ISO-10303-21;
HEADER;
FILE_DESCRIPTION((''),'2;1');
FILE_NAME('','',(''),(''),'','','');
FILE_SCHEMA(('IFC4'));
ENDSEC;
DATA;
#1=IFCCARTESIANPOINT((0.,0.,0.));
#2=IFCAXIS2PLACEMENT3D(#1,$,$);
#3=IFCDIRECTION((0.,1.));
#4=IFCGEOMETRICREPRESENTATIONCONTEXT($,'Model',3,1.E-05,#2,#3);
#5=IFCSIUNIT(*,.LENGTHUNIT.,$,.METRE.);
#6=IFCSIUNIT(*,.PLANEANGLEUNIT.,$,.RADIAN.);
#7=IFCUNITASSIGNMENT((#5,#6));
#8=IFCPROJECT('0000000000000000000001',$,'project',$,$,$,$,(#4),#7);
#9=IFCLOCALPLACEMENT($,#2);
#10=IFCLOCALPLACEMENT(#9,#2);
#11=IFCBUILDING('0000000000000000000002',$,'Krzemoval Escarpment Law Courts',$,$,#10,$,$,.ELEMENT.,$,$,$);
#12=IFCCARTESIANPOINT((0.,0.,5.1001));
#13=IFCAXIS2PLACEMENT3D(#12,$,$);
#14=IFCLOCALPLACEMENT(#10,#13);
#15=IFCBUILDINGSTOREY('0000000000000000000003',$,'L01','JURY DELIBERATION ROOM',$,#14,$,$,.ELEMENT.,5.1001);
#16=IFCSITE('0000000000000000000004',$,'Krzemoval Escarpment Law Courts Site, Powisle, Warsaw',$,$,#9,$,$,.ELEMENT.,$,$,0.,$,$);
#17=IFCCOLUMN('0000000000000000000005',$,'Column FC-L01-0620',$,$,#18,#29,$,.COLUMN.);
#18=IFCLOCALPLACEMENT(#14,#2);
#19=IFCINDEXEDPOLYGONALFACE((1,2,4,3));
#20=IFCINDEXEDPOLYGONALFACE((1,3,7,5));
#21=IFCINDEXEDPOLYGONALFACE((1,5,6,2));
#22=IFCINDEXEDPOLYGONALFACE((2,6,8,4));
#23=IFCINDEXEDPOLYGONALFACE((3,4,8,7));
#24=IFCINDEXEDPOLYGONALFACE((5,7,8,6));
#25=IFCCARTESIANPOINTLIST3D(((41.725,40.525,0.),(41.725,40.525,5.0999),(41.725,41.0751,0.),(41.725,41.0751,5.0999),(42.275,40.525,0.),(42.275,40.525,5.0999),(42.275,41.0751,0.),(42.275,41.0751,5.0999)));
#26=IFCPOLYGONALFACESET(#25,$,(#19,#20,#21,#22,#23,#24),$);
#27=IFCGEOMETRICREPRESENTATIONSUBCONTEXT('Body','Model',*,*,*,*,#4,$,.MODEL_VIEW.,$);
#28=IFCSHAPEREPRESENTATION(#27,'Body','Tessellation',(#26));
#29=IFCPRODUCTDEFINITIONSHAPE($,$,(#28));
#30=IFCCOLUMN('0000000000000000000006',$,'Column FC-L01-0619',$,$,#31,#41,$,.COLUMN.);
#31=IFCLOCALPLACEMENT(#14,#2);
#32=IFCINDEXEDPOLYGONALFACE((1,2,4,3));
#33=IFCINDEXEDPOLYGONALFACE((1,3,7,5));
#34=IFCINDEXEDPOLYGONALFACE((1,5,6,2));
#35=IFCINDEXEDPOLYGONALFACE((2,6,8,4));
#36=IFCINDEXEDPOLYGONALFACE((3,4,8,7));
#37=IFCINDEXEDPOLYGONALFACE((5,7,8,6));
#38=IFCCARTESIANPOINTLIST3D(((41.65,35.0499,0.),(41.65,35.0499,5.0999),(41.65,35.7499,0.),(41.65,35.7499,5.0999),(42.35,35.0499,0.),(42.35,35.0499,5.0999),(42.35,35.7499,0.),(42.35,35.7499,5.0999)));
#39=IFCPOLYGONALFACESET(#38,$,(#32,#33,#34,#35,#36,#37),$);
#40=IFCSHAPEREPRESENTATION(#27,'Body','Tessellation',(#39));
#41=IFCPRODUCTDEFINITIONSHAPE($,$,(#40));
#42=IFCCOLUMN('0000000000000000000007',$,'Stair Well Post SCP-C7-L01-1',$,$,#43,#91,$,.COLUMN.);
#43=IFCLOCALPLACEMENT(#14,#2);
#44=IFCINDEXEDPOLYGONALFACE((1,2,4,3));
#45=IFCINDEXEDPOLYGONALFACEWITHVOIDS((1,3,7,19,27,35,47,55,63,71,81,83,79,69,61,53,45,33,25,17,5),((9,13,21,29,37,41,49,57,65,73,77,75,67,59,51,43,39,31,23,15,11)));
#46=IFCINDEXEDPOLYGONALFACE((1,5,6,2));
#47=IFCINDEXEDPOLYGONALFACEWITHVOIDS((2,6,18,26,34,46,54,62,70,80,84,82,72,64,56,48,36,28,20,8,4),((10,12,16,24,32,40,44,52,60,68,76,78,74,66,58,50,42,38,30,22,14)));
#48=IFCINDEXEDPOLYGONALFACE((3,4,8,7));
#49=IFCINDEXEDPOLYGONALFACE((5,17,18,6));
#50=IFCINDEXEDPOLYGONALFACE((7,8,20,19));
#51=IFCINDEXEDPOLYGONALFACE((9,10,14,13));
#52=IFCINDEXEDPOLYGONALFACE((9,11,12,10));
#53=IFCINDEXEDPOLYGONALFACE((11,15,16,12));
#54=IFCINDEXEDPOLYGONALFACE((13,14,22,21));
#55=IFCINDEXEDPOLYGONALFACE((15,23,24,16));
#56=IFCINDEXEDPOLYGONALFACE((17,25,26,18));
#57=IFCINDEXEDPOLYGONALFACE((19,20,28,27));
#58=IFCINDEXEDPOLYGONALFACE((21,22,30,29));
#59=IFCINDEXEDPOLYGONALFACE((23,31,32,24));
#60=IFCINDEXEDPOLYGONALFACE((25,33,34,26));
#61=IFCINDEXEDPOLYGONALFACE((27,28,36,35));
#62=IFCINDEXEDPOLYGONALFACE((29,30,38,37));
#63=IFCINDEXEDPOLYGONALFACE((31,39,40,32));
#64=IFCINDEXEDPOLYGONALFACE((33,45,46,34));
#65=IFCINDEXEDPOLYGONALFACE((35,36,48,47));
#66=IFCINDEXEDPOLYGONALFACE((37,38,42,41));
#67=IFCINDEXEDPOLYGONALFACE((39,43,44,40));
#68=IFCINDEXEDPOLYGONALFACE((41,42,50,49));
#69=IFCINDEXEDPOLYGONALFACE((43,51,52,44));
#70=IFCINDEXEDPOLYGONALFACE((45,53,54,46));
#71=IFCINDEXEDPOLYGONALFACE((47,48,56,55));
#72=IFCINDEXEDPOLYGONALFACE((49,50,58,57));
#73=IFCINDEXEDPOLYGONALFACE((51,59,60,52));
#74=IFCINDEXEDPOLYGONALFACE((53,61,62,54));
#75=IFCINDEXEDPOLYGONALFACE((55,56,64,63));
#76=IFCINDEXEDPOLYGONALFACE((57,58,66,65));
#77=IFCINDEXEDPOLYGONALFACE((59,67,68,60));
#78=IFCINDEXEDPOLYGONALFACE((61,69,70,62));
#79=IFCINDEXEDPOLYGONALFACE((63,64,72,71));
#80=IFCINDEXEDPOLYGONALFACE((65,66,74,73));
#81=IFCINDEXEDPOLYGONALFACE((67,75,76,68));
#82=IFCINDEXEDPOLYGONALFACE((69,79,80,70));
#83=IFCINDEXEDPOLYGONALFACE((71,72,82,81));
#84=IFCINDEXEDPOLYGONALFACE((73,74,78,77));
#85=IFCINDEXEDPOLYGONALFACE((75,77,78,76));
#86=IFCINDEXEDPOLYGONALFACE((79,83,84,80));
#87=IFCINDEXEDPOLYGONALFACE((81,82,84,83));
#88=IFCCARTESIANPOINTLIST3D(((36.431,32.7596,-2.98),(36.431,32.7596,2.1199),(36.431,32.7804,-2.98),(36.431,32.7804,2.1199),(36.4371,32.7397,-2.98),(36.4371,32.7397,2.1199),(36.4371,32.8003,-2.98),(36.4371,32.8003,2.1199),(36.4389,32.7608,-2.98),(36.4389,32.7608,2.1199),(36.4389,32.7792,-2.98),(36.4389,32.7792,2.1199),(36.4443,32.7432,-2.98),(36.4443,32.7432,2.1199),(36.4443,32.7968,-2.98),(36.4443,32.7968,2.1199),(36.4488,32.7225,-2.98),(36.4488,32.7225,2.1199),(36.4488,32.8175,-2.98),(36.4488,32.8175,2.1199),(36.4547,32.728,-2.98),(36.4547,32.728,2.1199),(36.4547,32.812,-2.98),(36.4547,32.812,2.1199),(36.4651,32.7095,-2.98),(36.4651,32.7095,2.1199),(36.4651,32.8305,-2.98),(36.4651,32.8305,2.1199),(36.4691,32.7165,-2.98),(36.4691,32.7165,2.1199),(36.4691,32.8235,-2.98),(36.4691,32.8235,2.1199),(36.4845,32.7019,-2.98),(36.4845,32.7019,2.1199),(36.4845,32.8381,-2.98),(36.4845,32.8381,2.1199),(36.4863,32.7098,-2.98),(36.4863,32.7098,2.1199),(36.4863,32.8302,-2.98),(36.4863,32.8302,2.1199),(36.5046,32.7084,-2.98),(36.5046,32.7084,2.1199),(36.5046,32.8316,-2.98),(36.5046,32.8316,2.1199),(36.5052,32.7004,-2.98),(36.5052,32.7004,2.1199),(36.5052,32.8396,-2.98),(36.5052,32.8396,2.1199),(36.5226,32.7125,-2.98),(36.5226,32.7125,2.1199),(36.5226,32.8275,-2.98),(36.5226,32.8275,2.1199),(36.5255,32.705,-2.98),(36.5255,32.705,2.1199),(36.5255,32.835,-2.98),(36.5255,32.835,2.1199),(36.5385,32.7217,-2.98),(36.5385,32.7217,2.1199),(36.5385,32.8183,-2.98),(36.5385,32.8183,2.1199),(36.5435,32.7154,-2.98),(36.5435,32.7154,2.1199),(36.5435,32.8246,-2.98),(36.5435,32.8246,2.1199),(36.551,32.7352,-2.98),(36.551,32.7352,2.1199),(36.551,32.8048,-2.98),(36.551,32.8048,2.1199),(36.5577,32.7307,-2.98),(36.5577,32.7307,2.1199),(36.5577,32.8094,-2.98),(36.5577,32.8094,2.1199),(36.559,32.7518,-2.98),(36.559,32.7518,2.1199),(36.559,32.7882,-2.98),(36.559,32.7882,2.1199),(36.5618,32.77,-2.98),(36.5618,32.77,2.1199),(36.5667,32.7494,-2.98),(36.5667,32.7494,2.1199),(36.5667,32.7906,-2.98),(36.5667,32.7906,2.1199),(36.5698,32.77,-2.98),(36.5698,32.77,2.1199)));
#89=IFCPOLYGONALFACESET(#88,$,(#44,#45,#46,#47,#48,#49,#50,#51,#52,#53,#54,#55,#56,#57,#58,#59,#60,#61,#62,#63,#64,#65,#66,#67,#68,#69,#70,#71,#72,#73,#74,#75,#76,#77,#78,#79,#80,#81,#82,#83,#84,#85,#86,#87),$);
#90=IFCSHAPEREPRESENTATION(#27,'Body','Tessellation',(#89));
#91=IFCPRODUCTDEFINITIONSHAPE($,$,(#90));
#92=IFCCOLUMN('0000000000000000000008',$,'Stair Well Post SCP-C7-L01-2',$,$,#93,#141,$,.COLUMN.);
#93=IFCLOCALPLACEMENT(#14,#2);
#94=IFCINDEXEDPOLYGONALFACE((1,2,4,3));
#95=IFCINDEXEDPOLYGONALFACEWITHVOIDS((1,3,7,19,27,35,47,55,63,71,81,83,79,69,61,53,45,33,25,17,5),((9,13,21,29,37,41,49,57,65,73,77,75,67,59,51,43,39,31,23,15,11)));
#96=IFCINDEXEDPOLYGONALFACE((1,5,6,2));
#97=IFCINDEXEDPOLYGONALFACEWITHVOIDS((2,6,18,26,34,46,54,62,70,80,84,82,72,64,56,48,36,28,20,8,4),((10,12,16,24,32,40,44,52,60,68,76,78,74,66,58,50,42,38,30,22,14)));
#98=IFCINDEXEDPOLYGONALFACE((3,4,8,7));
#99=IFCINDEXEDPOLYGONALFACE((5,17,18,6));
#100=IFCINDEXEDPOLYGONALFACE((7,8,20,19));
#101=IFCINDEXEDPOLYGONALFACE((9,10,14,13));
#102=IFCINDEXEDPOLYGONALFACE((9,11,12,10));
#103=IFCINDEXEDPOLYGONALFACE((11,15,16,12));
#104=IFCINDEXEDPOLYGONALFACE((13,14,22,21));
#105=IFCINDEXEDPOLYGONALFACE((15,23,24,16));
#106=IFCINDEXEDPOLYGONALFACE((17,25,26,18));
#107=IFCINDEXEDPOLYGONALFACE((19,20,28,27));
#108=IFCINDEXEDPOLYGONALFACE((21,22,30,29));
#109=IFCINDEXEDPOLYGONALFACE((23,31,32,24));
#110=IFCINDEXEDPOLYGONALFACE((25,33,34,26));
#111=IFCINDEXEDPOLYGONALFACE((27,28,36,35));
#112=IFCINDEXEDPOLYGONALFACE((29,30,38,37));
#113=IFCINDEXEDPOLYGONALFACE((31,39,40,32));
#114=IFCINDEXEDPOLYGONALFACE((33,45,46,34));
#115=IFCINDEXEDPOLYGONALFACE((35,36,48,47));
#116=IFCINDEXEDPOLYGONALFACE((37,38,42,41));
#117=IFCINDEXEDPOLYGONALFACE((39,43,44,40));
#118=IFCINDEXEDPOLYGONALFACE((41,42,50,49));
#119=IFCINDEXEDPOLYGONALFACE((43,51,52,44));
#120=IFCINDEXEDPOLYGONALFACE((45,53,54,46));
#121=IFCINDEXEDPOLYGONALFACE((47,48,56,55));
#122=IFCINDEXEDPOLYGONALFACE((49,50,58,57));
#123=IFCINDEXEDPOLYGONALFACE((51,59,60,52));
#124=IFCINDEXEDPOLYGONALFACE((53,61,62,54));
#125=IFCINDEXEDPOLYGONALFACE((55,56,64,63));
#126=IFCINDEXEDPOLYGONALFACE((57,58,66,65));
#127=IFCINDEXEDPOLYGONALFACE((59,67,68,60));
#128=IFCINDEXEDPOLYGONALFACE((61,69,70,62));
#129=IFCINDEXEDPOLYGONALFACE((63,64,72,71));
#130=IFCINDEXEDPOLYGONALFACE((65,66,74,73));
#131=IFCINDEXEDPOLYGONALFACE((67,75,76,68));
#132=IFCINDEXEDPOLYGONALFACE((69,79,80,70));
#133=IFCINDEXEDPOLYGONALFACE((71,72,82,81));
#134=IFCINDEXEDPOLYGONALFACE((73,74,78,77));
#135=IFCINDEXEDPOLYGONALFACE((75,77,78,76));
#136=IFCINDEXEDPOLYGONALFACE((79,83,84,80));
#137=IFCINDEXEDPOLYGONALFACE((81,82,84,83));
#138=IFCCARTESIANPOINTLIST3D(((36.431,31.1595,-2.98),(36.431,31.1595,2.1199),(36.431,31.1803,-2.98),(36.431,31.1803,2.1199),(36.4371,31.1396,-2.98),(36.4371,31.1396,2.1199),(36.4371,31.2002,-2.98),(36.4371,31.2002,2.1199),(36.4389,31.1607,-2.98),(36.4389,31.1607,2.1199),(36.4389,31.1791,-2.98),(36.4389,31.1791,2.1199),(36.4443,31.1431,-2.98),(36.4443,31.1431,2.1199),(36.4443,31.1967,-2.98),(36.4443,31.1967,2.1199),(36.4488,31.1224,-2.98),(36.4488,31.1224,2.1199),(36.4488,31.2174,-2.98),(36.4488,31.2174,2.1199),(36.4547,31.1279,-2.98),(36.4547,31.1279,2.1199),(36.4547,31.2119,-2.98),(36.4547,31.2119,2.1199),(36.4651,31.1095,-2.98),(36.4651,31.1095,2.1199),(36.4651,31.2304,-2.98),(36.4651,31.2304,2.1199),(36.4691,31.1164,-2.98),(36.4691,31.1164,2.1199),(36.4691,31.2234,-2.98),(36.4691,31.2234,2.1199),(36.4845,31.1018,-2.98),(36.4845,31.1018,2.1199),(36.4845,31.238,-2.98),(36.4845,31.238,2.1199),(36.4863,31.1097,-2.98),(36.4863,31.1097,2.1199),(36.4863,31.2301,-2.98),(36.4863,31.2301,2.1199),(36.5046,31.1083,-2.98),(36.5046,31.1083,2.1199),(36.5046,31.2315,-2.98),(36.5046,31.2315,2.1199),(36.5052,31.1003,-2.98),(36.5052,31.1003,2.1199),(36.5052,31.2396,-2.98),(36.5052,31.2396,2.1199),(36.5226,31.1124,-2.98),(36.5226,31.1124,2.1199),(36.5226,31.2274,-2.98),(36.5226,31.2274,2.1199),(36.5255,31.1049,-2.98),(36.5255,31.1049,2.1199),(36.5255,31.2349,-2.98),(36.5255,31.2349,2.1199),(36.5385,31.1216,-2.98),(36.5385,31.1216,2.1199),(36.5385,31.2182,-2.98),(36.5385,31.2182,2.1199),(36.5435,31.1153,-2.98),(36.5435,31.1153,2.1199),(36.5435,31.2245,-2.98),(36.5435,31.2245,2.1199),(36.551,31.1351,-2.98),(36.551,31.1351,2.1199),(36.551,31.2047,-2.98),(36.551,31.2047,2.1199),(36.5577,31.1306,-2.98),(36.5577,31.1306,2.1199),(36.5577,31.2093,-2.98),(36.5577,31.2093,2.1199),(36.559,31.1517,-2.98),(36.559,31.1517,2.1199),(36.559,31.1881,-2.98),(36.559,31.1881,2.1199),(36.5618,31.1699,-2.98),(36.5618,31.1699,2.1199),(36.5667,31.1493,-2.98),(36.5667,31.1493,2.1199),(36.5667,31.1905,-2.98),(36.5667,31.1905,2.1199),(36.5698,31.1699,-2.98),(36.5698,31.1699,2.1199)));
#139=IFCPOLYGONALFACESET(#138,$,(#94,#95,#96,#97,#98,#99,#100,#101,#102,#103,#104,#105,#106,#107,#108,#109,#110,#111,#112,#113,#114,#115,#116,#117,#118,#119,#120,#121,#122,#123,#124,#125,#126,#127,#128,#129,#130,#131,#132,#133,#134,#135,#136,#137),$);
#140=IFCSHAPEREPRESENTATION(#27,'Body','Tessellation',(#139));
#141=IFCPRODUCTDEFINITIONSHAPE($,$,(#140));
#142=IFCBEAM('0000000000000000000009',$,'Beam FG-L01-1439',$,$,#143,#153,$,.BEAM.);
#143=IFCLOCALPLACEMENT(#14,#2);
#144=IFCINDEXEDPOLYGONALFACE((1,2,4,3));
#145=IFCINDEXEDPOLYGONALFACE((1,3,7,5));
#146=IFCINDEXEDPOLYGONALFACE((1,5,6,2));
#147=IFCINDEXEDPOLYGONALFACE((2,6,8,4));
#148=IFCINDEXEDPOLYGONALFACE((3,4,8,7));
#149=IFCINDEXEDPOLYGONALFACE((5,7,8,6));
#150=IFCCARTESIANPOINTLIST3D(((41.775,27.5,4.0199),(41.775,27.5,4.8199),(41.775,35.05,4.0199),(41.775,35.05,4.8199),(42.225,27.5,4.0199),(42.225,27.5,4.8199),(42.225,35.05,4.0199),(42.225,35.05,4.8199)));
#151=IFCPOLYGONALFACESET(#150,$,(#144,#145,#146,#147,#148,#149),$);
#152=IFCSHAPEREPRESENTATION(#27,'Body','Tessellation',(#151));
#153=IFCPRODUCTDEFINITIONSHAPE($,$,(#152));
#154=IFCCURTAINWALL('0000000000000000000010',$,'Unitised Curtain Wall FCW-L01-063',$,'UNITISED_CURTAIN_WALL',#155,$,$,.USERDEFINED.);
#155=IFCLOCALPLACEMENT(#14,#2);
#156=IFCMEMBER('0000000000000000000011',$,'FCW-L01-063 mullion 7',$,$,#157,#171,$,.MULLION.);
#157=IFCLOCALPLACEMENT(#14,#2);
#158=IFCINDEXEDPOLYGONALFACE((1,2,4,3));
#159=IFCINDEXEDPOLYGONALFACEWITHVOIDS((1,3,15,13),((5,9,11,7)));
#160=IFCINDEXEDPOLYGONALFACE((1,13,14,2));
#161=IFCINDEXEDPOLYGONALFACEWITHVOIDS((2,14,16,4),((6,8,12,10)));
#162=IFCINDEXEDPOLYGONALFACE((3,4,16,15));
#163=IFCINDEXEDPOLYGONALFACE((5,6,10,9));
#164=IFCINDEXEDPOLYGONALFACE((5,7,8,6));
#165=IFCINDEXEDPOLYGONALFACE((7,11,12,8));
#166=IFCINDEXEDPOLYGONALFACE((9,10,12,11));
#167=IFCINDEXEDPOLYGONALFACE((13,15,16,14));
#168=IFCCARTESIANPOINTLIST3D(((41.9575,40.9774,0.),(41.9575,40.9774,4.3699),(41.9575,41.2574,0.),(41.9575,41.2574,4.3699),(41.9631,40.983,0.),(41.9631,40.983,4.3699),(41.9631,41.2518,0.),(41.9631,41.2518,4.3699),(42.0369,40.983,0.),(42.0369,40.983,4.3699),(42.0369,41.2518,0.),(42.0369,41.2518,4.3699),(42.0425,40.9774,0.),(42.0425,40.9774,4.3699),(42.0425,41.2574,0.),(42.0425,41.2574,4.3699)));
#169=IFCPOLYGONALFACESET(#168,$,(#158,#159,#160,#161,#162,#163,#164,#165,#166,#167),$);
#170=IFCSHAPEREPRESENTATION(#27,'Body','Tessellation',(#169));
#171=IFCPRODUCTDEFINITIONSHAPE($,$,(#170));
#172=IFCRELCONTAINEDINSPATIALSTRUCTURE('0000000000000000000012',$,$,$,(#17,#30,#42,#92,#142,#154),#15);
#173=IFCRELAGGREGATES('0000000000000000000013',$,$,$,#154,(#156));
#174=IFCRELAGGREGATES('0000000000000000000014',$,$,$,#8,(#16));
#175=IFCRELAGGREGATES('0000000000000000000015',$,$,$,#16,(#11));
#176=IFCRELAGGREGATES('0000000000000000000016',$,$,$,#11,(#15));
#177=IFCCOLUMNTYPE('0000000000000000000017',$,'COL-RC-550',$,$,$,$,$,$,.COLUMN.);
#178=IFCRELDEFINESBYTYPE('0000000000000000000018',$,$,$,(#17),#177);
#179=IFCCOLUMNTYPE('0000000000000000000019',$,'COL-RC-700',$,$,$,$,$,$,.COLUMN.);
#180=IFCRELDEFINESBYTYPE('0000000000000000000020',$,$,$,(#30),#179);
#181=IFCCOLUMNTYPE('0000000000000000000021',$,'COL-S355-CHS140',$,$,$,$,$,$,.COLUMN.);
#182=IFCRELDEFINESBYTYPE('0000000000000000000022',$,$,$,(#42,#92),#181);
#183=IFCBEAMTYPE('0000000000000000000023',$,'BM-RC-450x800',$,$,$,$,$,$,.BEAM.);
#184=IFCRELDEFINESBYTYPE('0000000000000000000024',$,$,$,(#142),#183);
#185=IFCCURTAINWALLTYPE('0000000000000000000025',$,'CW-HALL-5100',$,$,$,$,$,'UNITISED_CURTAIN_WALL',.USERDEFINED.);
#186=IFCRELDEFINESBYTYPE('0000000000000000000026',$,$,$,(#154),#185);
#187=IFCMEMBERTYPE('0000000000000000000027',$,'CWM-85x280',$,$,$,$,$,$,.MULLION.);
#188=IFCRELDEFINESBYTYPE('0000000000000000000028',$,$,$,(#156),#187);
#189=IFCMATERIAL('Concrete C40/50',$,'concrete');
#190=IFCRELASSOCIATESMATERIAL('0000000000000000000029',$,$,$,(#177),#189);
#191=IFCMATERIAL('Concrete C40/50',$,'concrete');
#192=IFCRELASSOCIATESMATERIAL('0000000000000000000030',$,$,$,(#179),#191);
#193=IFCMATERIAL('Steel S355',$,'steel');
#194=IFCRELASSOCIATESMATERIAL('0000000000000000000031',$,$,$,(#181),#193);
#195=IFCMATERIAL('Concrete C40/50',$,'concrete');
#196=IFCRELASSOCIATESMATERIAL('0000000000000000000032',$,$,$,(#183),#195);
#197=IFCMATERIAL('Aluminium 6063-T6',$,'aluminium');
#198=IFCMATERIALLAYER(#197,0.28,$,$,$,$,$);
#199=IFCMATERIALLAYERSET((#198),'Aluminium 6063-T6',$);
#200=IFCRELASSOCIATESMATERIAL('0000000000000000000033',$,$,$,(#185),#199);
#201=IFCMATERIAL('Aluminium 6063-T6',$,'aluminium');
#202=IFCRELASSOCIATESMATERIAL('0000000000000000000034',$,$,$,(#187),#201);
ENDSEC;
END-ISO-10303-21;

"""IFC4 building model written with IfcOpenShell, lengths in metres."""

from ifc_helpers import new_model, si_unit, direction, frame, origin, origin_2d, place, context, subcontext, project, spatial, rectangle, hollow_rectangle, hollow_circle, extrude, material, layer, layer_set, material_profile, profile_set, type_object, element, aggregate, save


model = new_model("IFC4")

# Units and contexts
model_context = context("Model", 3, precision=1e-05, world=origin(), true_north=direction((0.0, 1.0)))
body_context = subcontext(model_context, "Body", "Model", "MODEL_VIEW")
ifc_project = project(units=[si_unit("LENGTHUNIT", "METRE"), si_unit("PLANEANGLEUNIT", "RADIAN")], contexts=[model_context])

# Site, building, storey
site_placement = place(None, origin())
site = spatial("IfcSite", under=ifc_project, at=site_placement, Name="Krzemoval Escarpment Law Courts Site, Powisle, Warsaw", CompositionType="ELEMENT", RefElevation=0.0)
building_placement = place(site_placement, origin())
building = spatial("IfcBuilding", under=site, at=building_placement, Name="Krzemoval Escarpment Law Courts", CompositionType="ELEMENT")
storey_placement = place(building_placement, frame((0.0, 0.0, 5.1001)))
storey = spatial("IfcBuildingStorey", under=building, at=storey_placement, Name="L01", Description="JURY DELIBERATION ROOM", CompositionType="ELEMENT", Elevation=5.1001)

# Columns
ifc_material_1 = material(Name="Concrete C40/50", Category="concrete")
ifc_material_profile_1 = material_profile(ifc_material_1, rectangle(XDim=0.55, YDim=0.55, at=origin_2d()), Name="RC 550x550")
ifc_profile_set_1 = profile_set([ifc_material_profile_1], Name="Concrete C40/50")
column_type_1 = type_object("IfcColumnType", Name="COL-RC-550", PredefinedType="COLUMN", material=ifc_profile_set_1)
column_1_placement = place(storey_placement, frame((42.0, 40.8, 0.0), z_axis=(0.0, 0.0, 1.0), x_axis=(1.0, 0.0, 0.0)))
element("IfcColumn", 1, at=column_1_placement, inside=storey, type_object=column_type_1, Name="Column FC-L01-0620", PredefinedType="COLUMN", context=body_context, shape_type="SweptSolid", body=[
    extrude(rectangle(XDim=0.55, YDim=0.55, at=origin_2d()), origin(), (0.0, 0.0, 1.0), 5.0999),
])
ifc_material_2 = material(Name="Concrete C40/50", Category="concrete")
ifc_material_profile_2 = material_profile(ifc_material_2, rectangle(XDim=0.7, YDim=0.7, at=origin_2d()), Name="RC 700x700")
ifc_profile_set_2 = profile_set([ifc_material_profile_2], Name="Concrete C40/50")
column_type_2 = type_object("IfcColumnType", Name="COL-RC-700", PredefinedType="COLUMN", material=ifc_profile_set_2)
column_2_placement = place(storey_placement, frame((42.0, 35.3999, 0.0), z_axis=(0.0, 0.0, 1.0), x_axis=(1.0, 0.0, 0.0)))
element("IfcColumn", 2, at=column_2_placement, inside=storey, type_object=column_type_2, Name="Column FC-L01-0619", PredefinedType="COLUMN", context=body_context, shape_type="SweptSolid", body=[
    extrude(rectangle(XDim=0.7, YDim=0.7, at=origin_2d()), origin(), (0.0, 0.0, 1.0), 5.0999),
])
ifc_material_3 = material(Name="Steel S355", Category="steel")
ifc_material_profile_3 = material_profile(ifc_material_3, hollow_circle(Radius=0.0698, WallThickness=0.0081, at=origin_2d()), Name="CHS 139.7x8")
ifc_profile_set_3 = profile_set([ifc_material_profile_3], Name="Steel S355")
column_type_3 = type_object("IfcColumnType", Name="COL-S355-CHS140", PredefinedType="COLUMN", material=ifc_profile_set_3)
for number, where, z_axis, x_axis, name in (
    (3, (36.5, 32.77, -2.98), (0.0, 0.0, 1.0), (1.0, 0.0, 0.0), "Stair Well Post SCP-C7-L01-1"),
    (4, (36.5, 31.1699, -2.98), (0.0, 0.0, 1.0), (1.0, 0.0, 0.0), "Stair Well Post SCP-C7-L01-2"),
):
    element("IfcColumn", number, at=place(storey_placement, frame(where, z_axis=z_axis, x_axis=x_axis)), inside=storey, type_object=column_type_3, Name=name, PredefinedType="COLUMN", context=body_context, shape_type="SweptSolid", body=[
        extrude(hollow_circle(Radius=0.0698, WallThickness=0.0081, at=origin_2d()), origin(), (0.0, 0.0, 1.0), 5.0999),
    ])

# Beam
ifc_material_4 = material(Name="Concrete C40/50", Category="concrete")
ifc_material_profile_4 = material_profile(ifc_material_4, rectangle(XDim=0.45, YDim=0.8, at=origin_2d()), Name="RCB 450x800")
ifc_profile_set_4 = profile_set([ifc_material_profile_4], Name="Concrete C40/50")
beam_type_1 = type_object("IfcBeamType", Name="BM-RC-450x800", PredefinedType="BEAM", material=ifc_profile_set_4)
beam_1_placement = place(storey_placement, frame((42.0, 27.5, 4.4199), z_axis=(0.0, 1.0, 0.0), x_axis=(-1.0, 0.0, 0.0)))
element("IfcBeam", 5, at=beam_1_placement, inside=storey, type_object=beam_type_1, Name="Beam FG-L01-1439", PredefinedType="BEAM", context=body_context, shape_type="SweptSolid", body=[
    extrude(rectangle(XDim=0.45, YDim=0.8, at=origin_2d()), origin(), (0.0, 0.0, 1.0), 7.55),
])

# Curtain wall, member
ifc_material_5 = material(Name="Aluminium 6063-T6", Category="aluminium")
ifc_layer_1 = layer(ifc_material_5, 0.28)
ifc_layer_set_1 = layer_set([ifc_layer_1], Name="Aluminium 6063-T6")
curtain_wall_type = type_object("IfcCurtainWallType", Name="CW-HALL-5100", ElementType="UNITISED_CURTAIN_WALL", PredefinedType="USERDEFINED", material=ifc_layer_set_1)
curtain_wall_placement = place(storey_placement, origin())
curtain_wall = element("IfcCurtainWall", 6, at=curtain_wall_placement, inside=storey, type_object=curtain_wall_type, Name="Unitised Curtain Wall FCW-L01-063", ObjectType="UNITISED_CURTAIN_WALL", PredefinedType="USERDEFINED")
ifc_material_6 = material(Name="Aluminium 6063-T6", Category="aluminium")
ifc_material_profile_5 = material_profile(ifc_material_6, hollow_rectangle(XDim=0.085, YDim=0.28, WallThickness=0.0056, at=origin_2d()), Name="ALU M85x280")
ifc_profile_set_5 = profile_set([ifc_material_profile_5], Name="Aluminium 6063-T6")
member_type_1 = type_object("IfcMemberType", Name="CWM-85x280", PredefinedType="MULLION", material=ifc_profile_set_5)
member_1_placement = place(storey_placement, frame((42.0, 41.1174, 0.0), z_axis=(0.0, 0.0, 1.0), x_axis=(1.0, 0.0, 0.0)))
member_1 = element("IfcMember", 7, at=member_1_placement, type_object=member_type_1, Name="FCW-L01-063 mullion 7", PredefinedType="MULLION", context=body_context, shape_type="SweptSolid", body=[
    extrude(hollow_rectangle(XDim=0.085, YDim=0.28, WallThickness=0.0056, at=origin_2d()), origin(), (0.0, 0.0, 1.0), 4.3699),
])
aggregate(curtain_wall, [member_1])

save(model, "model.ifc")
